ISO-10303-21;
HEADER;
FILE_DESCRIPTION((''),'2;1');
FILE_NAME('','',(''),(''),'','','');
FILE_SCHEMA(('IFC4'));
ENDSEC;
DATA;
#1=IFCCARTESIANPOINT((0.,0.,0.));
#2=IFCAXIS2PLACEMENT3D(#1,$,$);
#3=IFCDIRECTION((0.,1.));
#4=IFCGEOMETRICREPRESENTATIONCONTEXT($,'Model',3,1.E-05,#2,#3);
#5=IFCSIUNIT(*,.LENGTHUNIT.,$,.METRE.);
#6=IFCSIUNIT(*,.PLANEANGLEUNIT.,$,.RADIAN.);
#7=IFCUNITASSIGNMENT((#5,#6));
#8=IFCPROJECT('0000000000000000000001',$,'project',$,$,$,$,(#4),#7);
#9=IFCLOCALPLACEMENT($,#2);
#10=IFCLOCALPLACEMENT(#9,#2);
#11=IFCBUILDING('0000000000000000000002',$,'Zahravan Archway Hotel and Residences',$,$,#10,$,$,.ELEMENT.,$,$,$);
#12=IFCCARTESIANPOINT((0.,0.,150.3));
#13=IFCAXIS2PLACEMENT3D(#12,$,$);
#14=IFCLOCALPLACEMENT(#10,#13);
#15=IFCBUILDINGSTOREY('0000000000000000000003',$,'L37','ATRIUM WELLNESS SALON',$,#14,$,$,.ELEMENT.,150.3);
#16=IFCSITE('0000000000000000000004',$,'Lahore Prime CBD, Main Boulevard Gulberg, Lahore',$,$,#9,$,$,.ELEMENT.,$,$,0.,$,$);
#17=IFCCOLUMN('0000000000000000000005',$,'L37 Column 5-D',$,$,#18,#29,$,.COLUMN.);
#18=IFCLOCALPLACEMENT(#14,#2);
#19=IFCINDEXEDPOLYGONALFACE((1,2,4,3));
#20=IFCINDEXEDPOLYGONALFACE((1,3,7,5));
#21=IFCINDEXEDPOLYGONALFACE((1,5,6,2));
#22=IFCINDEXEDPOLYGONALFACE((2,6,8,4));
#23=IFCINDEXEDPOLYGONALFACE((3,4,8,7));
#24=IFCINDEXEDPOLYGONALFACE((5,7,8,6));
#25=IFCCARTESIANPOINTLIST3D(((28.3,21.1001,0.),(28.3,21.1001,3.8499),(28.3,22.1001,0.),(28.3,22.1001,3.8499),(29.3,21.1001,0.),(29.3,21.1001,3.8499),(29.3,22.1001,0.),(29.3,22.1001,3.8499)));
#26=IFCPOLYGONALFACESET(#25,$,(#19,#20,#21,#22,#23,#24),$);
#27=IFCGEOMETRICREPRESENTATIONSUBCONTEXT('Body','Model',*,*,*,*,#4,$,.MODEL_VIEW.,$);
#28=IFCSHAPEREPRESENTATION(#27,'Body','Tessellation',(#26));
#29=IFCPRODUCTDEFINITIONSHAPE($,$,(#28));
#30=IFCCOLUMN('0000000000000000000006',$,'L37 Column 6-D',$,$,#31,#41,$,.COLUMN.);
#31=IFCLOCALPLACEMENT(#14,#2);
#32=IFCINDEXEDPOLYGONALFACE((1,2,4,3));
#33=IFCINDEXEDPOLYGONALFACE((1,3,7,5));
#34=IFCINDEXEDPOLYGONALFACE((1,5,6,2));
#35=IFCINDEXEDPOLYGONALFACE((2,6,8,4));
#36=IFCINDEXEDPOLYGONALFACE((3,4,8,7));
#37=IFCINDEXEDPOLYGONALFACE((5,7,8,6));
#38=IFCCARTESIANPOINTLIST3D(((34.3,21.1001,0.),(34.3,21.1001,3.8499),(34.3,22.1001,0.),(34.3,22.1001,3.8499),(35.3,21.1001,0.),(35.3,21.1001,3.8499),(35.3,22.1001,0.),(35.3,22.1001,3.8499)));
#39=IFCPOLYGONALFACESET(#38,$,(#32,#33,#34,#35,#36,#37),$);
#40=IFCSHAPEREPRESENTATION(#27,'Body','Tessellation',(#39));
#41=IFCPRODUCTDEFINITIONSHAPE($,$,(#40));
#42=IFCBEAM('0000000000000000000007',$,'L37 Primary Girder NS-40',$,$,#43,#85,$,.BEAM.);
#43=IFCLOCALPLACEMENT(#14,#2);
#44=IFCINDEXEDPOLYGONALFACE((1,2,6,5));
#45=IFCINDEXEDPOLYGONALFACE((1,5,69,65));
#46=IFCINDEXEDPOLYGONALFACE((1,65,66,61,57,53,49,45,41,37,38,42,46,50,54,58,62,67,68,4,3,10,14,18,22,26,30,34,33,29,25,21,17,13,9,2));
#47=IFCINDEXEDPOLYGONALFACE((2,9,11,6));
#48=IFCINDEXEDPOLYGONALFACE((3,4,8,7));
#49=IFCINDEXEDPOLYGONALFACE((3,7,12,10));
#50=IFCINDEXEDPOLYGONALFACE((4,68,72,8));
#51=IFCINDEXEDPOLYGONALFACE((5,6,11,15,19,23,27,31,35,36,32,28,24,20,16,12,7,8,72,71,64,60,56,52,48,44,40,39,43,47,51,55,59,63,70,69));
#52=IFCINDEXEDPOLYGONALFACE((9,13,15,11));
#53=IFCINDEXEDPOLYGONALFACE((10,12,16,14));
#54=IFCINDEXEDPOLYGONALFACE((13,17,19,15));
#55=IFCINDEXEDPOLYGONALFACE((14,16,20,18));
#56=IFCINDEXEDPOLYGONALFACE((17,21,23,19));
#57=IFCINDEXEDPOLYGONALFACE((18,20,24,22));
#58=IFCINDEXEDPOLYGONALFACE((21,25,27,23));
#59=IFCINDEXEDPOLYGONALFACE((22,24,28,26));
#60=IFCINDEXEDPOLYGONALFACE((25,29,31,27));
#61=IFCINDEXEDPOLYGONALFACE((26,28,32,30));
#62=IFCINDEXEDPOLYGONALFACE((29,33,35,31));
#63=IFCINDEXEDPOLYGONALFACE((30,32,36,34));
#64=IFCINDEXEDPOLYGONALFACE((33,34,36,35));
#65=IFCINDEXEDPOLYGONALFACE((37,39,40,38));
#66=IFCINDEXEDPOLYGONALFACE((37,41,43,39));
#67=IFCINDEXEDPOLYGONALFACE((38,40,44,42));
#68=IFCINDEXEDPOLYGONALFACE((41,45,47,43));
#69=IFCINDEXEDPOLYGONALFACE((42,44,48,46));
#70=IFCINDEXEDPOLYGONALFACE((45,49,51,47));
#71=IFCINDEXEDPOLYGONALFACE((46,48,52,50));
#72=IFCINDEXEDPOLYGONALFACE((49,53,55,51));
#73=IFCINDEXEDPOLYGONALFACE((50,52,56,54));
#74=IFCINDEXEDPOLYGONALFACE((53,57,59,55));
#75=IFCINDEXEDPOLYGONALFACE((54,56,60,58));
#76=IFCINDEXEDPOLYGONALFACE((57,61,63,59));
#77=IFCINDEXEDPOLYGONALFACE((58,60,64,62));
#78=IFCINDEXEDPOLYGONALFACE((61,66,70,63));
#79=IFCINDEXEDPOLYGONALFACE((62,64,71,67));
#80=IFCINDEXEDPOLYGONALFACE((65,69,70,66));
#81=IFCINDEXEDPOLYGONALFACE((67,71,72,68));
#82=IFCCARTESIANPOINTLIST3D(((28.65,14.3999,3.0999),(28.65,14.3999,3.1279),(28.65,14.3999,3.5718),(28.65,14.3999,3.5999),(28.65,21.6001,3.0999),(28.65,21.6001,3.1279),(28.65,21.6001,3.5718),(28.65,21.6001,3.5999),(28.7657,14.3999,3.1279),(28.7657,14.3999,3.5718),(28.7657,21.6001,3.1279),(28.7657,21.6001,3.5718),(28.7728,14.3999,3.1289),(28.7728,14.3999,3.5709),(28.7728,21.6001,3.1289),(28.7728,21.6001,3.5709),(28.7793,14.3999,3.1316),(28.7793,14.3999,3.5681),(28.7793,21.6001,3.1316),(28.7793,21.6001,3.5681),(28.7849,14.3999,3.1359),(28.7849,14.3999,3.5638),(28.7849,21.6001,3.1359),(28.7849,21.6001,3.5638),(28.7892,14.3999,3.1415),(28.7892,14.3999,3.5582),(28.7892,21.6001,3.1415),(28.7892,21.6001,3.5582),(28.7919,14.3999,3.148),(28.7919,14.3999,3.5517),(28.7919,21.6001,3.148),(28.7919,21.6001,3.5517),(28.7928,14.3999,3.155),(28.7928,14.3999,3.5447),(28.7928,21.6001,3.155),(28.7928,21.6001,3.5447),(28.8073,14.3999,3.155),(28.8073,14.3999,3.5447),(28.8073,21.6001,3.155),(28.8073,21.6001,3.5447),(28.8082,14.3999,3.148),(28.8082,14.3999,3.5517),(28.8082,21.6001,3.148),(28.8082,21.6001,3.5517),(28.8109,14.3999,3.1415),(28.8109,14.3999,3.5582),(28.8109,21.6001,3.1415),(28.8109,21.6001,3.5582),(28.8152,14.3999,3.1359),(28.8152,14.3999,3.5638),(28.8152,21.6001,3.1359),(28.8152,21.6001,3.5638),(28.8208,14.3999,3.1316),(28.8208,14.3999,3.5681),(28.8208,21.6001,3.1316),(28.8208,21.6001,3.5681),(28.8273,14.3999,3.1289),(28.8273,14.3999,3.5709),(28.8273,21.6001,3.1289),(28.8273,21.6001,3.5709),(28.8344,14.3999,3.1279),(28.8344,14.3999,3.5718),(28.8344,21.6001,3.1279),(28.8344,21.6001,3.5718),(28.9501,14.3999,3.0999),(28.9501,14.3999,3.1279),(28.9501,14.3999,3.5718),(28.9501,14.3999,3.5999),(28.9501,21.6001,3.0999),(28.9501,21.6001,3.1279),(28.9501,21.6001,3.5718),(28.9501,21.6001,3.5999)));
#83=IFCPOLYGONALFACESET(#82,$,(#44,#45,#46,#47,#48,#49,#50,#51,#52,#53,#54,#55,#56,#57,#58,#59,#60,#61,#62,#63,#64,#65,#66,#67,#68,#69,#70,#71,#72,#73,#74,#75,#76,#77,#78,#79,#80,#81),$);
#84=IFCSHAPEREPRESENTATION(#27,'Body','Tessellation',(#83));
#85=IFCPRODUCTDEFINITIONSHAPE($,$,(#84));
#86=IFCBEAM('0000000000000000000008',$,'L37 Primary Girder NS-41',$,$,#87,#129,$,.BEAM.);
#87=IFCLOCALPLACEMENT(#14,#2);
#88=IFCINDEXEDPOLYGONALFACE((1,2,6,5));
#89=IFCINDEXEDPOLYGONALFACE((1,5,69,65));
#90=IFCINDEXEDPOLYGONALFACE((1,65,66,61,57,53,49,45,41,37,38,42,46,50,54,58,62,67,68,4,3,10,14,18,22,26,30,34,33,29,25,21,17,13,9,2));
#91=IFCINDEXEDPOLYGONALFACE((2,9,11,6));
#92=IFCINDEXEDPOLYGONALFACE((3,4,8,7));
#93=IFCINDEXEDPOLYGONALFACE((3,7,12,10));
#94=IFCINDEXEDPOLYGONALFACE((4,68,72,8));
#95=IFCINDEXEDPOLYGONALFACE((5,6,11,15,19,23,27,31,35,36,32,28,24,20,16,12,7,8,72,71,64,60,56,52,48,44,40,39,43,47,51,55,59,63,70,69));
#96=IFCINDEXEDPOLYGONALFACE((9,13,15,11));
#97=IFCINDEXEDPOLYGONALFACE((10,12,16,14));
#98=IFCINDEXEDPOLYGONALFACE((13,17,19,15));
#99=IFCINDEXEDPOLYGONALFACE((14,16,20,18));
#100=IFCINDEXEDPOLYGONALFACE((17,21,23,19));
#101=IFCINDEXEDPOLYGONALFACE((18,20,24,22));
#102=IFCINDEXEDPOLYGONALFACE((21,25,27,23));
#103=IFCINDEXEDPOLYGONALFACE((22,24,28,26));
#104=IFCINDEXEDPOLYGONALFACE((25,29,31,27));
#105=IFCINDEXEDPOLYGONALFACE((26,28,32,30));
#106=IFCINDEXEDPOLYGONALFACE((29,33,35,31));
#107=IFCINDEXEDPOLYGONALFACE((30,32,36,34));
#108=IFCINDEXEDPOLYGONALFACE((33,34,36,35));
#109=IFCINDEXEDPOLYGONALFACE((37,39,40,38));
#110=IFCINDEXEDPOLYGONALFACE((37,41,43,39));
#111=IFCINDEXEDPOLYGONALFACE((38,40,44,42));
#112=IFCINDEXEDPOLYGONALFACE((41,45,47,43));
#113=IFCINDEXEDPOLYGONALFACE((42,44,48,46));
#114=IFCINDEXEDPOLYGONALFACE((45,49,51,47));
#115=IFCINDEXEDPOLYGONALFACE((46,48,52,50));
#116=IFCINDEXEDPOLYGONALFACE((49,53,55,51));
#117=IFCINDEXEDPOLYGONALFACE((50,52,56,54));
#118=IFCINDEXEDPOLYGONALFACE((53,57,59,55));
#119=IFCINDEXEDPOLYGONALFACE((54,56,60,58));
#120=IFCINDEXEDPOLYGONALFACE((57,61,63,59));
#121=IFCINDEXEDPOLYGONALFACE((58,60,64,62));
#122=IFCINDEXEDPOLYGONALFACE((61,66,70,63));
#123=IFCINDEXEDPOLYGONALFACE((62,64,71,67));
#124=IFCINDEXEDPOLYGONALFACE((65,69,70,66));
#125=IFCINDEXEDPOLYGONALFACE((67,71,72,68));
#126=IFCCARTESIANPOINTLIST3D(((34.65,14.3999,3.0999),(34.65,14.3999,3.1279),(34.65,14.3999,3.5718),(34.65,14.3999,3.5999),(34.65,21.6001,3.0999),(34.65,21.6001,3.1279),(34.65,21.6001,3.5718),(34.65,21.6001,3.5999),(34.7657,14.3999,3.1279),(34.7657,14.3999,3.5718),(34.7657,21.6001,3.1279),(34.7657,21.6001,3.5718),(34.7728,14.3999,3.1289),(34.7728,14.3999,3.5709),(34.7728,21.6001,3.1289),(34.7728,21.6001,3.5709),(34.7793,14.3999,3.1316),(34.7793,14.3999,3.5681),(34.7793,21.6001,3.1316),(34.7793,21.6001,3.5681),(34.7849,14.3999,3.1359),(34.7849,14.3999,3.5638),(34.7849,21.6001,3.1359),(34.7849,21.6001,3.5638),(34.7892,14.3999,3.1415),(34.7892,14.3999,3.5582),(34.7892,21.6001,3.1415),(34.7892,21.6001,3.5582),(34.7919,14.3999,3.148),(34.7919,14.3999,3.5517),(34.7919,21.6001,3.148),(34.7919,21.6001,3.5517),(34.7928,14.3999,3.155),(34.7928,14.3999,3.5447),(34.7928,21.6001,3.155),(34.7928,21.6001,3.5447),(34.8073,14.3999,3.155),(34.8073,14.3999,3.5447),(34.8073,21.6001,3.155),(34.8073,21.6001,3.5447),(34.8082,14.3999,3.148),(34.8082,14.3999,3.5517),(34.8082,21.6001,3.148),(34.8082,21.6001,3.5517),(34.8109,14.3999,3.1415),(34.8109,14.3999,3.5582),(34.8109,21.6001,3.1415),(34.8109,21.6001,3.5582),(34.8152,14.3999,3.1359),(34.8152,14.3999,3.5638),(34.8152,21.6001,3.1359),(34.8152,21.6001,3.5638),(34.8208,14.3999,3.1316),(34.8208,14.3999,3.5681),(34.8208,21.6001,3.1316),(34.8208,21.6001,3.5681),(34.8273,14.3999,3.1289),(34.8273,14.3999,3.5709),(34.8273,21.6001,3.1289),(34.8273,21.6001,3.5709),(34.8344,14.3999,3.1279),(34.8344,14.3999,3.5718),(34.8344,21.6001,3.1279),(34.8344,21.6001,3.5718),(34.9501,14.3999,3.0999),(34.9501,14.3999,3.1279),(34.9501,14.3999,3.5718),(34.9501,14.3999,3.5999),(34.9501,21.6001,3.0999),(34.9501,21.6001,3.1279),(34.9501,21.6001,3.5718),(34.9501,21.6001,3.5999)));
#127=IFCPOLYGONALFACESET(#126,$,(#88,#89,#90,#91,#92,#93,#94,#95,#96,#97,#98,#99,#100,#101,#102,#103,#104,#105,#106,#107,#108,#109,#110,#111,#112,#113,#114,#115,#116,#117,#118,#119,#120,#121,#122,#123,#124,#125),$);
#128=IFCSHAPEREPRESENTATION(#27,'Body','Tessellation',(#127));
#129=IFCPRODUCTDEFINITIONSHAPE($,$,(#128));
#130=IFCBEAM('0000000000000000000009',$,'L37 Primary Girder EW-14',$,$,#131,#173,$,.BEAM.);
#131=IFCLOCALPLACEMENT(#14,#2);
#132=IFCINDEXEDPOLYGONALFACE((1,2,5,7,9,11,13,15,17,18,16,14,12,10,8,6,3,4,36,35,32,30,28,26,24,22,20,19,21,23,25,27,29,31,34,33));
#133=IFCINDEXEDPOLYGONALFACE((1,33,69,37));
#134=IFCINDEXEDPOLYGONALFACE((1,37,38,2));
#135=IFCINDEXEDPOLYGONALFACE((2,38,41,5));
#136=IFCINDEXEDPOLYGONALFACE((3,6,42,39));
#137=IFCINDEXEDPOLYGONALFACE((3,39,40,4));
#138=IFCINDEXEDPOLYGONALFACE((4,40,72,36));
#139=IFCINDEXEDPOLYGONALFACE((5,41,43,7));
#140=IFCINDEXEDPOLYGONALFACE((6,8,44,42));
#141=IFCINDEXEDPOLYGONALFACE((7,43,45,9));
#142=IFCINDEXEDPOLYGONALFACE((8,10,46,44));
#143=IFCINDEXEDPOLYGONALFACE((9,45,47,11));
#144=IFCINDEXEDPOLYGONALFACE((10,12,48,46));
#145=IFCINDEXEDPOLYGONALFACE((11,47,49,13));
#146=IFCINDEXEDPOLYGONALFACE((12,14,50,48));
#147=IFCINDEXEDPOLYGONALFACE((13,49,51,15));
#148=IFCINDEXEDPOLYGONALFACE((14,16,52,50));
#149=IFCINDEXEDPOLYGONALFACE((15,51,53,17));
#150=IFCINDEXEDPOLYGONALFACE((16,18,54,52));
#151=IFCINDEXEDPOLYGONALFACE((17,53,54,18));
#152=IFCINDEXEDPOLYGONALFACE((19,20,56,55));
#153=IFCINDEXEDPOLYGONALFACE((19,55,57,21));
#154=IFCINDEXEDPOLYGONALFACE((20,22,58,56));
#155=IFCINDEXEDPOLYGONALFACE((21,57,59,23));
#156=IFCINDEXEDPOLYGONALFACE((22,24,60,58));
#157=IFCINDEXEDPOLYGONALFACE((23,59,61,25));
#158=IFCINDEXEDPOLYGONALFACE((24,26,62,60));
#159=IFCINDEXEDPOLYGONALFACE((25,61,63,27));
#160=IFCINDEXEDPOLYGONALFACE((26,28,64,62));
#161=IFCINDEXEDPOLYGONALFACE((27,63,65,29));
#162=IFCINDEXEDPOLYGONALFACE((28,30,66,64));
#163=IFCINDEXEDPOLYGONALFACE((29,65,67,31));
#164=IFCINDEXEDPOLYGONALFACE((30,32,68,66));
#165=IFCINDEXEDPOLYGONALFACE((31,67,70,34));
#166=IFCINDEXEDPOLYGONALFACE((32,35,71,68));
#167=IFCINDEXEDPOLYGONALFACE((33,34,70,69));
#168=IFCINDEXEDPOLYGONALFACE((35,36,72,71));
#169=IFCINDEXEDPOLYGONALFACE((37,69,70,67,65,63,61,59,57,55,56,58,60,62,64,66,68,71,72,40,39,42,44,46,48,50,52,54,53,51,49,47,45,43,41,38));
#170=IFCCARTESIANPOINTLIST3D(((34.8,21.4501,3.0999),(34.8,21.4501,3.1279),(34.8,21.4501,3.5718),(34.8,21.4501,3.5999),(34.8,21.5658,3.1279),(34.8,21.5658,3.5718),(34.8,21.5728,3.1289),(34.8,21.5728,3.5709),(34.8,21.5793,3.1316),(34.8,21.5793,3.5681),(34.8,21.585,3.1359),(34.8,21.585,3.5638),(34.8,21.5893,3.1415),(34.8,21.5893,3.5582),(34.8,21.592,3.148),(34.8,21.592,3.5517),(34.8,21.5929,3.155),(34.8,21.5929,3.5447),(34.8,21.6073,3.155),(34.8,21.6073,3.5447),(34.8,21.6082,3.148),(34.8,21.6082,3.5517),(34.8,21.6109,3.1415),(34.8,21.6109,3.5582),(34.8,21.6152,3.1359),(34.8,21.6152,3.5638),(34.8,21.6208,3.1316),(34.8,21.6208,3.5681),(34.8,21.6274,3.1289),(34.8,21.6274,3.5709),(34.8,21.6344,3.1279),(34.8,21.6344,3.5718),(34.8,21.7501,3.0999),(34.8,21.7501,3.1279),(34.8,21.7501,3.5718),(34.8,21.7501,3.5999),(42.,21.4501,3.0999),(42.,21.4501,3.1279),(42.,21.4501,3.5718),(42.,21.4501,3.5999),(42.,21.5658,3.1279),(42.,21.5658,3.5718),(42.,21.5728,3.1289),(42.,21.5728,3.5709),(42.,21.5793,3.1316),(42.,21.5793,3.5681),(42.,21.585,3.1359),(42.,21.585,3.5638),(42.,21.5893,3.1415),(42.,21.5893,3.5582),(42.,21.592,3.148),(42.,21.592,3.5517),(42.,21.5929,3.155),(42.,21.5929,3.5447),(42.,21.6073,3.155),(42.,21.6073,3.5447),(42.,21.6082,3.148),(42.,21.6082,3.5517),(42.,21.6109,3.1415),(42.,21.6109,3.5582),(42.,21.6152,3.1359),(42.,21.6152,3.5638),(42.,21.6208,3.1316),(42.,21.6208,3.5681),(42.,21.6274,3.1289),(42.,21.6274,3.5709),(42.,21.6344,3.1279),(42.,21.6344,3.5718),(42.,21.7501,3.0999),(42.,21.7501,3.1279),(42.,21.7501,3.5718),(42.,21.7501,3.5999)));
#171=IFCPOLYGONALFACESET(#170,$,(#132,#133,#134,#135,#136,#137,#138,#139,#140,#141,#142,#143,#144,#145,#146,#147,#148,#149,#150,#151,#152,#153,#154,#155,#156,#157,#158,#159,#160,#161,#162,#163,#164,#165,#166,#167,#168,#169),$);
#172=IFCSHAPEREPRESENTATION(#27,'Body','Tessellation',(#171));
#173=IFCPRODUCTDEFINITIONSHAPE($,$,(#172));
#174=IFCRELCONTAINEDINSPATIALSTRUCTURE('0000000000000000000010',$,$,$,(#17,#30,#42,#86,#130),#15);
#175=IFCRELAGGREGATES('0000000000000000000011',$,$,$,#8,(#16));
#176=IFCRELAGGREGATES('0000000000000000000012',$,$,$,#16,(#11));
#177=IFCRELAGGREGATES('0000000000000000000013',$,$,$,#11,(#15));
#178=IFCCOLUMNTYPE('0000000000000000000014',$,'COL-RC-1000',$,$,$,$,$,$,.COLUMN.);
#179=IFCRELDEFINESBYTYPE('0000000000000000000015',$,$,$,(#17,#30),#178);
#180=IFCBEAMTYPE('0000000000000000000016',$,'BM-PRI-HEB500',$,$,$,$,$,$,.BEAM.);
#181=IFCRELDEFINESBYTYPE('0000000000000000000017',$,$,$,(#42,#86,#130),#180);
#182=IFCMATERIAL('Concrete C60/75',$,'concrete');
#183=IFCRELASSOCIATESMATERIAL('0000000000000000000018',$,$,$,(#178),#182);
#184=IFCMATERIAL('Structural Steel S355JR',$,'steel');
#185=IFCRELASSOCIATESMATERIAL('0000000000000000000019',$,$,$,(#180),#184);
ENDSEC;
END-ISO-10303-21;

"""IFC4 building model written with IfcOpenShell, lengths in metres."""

from ifc_helpers import new_model, si_unit, direction, frame, origin, origin_2d, place, context, subcontext, project, spatial, rectangle, i_section, extrude, source, transform, mapped, material, material_profile, profile_set, type_object, type_shapes, element, save


model = new_model("IFC4")

# Units and contexts
model_context = context("Model", 3, precision=1e-05, world=origin(), true_north=direction((0.0, 1.0)))
body_context = subcontext(model_context, "Body", "Model", "MODEL_VIEW")
ifc_project = project(units=[si_unit("LENGTHUNIT", "METRE"), si_unit("PLANEANGLEUNIT", "RADIAN")], contexts=[model_context])

# Site, building, storey
site_placement = place(None, origin())
site = spatial("IfcSite", under=ifc_project, at=site_placement, Name="Lahore Prime CBD, Main Boulevard Gulberg, Lahore", CompositionType="ELEMENT", RefElevation=0.0)
building_placement = place(site_placement, origin())
building = spatial("IfcBuilding", under=site, at=building_placement, Name="Zahravan Archway Hotel and Residences", CompositionType="ELEMENT")
storey_placement = place(building_placement, frame((0.0, 0.0, 150.3)))
storey = spatial("IfcBuildingStorey", under=building, at=storey_placement, Name="L37", Description="ATRIUM WELLNESS SALON", CompositionType="ELEMENT", Elevation=150.3)

# Columns
ifc_material_1 = material(Name="Concrete C60/75", Category="concrete")
ifc_material_profile_1 = material_profile(ifc_material_1, rectangle(XDim=1.0, YDim=1.0, at=origin_2d()), Name="RC-COL-1000x1000", Category="concrete")
ifc_profile_set_1 = profile_set([ifc_material_profile_1], Name="Concrete C60/75")
column_type = type_object("IfcColumnType", Name="COL-RC-1000", PredefinedType="COLUMN", material=ifc_profile_set_1)
shared_shape_1 = source(origin(), body_context, "Body", "SweptSolid", [
    extrude(rectangle(XDim=1.0, YDim=1.0, at=origin_2d()), origin(), (0.0, 0.0, 1.0), 3.8499),
])
for number, where, z_axis, x_axis, name in (
    (1, (28.8, 21.6001, 0.0), (0.0, 0.0, 1.0), (1.0, 0.0, 0.0), "L37 Column 5-D"),
    (2, (34.8, 21.6001, 0.0), (0.0, 0.0, 1.0), (1.0, 0.0, 0.0), "L37 Column 6-D"),
):
    element("IfcColumn", number, at=place(storey_placement, frame(where, z_axis=z_axis, x_axis=x_axis)), inside=storey, type_object=column_type, Name=name, PredefinedType="COLUMN", context=body_context, shape_type="MappedRepresentation", body=[
        mapped(shared_shape_1, transform((0.0, 0.0, 0.0), scale=1.0)),
    ])

# Beams
ifc_material_2 = material(Name="Structural Steel S355JR", Category="steel")
ifc_material_profile_2 = material_profile(ifc_material_2, i_section(OverallWidth=0.3, OverallDepth=0.5, WebThickness=0.0144, FlangeThickness=0.0281, FilletRadius=0.0271, at=origin_2d()), Name="HEB 500", Category="steel")
ifc_profile_set_2 = profile_set([ifc_material_profile_2], Name="Structural Steel S355JR")
beam_type_1 = type_object("IfcBeamType", Name="BM-PRI-HEB500", PredefinedType="BEAM", material=ifc_profile_set_2)
shared_shape_2 = source(origin(), body_context, "Body", "SweptSolid", [
    extrude(i_section(OverallWidth=0.3, OverallDepth=0.5, WebThickness=0.0144, FlangeThickness=0.0281, FilletRadius=0.0271, at=origin_2d()), origin(), (0.0, 0.0, 1.0), 7.2002),
])
type_shapes(beam_type_1, [shared_shape_2])
for number, where, z_axis, x_axis, name in (
    (3, (28.8, 14.3999, 3.3499), (0.0, 1.0, 0.0), (-1.0, 0.0, 0.0), "L37 Primary Girder NS-40"),
    (4, (34.8, 14.3999, 3.3499), (0.0, 1.0, 0.0), (-1.0, 0.0, 0.0), "L37 Primary Girder NS-41"),
):
    element("IfcBeam", number, at=place(storey_placement, frame(where, z_axis=z_axis, x_axis=x_axis)), inside=storey, type_object=beam_type_1, Name=name, PredefinedType="BEAM", context=body_context, shape_type="MappedRepresentation", body=[
        mapped(shared_shape_2, transform((0.0, 0.0, 0.0), scale=1.0)),
    ])
shared_shape_3 = source(origin(), body_context, "Body", "SweptSolid", [
    extrude(i_section(OverallWidth=0.3, OverallDepth=0.5, WebThickness=0.0144, FlangeThickness=0.0281, FilletRadius=0.0271, at=origin_2d()), origin(), (0.0, 0.0, 1.0), 7.2),
])
beam_1_placement = place(storey_placement, frame((34.8, 21.6001, 3.3499), z_axis=(1.0, 0.0, 0.0), x_axis=(0.0, 1.0, 0.0)))
element("IfcBeam", 5, at=beam_1_placement, inside=storey, type_object=beam_type_1, Name="L37 Primary Girder EW-14", PredefinedType="BEAM", context=body_context, shape_type="MappedRepresentation", body=[
    mapped(shared_shape_3, transform((0.0, 0.0, 0.0), scale=1.0)),
])

save(model, "model.ifc")
